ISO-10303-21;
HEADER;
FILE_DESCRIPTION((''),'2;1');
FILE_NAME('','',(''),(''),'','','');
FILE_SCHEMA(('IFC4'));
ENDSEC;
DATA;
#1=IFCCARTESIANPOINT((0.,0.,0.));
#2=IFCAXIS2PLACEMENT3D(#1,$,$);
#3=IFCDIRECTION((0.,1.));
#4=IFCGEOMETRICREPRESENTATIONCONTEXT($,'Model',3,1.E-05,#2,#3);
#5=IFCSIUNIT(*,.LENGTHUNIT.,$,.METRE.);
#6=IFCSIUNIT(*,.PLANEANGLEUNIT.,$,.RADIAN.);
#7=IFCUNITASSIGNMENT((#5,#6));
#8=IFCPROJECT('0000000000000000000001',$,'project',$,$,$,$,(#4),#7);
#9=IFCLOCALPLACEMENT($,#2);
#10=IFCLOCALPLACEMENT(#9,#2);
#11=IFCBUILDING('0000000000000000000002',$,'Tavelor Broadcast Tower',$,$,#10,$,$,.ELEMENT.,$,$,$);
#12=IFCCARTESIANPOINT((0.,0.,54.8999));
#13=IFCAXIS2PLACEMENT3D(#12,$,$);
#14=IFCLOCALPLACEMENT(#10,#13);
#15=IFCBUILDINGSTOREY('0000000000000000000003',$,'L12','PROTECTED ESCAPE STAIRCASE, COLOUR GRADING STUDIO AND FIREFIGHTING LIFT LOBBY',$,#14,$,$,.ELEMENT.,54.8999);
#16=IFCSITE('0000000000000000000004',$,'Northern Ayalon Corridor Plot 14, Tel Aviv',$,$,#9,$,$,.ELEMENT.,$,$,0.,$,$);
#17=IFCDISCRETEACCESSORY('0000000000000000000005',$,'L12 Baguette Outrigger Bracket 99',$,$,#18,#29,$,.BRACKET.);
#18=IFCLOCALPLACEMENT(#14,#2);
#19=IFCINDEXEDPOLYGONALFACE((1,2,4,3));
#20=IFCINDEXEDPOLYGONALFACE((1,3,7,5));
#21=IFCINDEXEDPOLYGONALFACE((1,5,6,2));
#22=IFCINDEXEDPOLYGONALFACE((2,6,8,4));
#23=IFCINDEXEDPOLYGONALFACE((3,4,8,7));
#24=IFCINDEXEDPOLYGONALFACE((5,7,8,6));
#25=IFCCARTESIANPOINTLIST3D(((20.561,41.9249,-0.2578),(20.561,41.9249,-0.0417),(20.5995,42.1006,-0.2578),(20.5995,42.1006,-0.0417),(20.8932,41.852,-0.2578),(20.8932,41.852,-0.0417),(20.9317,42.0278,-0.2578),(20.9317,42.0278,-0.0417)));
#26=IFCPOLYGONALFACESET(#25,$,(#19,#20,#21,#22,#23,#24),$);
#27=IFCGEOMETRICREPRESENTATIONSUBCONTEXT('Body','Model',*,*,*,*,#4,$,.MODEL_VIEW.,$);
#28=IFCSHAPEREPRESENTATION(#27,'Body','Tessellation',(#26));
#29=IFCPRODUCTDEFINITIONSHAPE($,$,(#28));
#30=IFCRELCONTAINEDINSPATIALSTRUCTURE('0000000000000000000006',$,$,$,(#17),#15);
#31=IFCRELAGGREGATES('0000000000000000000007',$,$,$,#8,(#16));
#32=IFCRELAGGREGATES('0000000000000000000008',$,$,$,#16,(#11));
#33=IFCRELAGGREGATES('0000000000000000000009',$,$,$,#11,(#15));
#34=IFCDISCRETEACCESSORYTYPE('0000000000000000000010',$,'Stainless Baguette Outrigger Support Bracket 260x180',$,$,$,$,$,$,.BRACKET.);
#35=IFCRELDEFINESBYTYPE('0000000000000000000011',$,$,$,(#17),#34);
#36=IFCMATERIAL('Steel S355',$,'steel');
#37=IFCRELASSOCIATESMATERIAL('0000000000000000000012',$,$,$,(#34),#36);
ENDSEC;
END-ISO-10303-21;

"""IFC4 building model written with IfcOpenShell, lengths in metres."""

from ifc_helpers import new_model, si_unit, direction, frame, origin, origin_2d, place, context, subcontext, project, spatial, rectangle, extrude, source, transform, mapped, material, type_object, type_shapes, element, save


model = new_model("IFC4")

# Units and contexts
model_context = context("Model", 3, precision=1e-05, world=origin(), true_north=direction((0.0, 1.0)))
body_context = subcontext(model_context, "Body", "Model", "MODEL_VIEW")
ifc_project = project(units=[si_unit("LENGTHUNIT", "METRE"), si_unit("PLANEANGLEUNIT", "RADIAN")], contexts=[model_context])

# Site, building, storey
site_placement = place(None, origin())
site = spatial("IfcSite", under=ifc_project, at=site_placement, Name="Northern Ayalon Corridor Plot 14, Tel Aviv", CompositionType="ELEMENT", RefElevation=0.0)
building_placement = place(site_placement, origin())
building = spatial("IfcBuilding", under=site, at=building_placement, Name="Tavelor Broadcast Tower", CompositionType="ELEMENT")
storey_placement = place(building_placement, frame((0.0, 0.0, 54.8999)))
storey = spatial("IfcBuildingStorey", under=building, at=storey_placement, Name="L12", Description="PROTECTED ESCAPE STAIRCASE, COLOUR GRADING STUDIO AND FIREFIGHTING LIFT LOBBY", CompositionType="ELEMENT", Elevation=54.8999)

# Shared definitions
ifc_material_1 = material(Name="Steel S355", Category="steel")

# Discrete accessory
discrete_accessory_type = type_object("IfcDiscreteAccessoryType", Name="Stainless Baguette Outrigger Support Bracket 260x180", PredefinedType="BRACKET", material=ifc_material_1)
shared_shape_1 = source(origin(), body_context, "Body", "SweptSolid", [
    extrude(rectangle(XDim=0.1799, YDim=0.3401, at=origin_2d()), origin(), (0.0, 0.0, 1.0), 0.2161),
])
type_shapes(discrete_accessory_type, [shared_shape_1])
for number, where, z_axis, x_axis, name in (
    (1, (20.7463, 41.9763, -0.2578), (0.0, 0.0, 1.0), (-0.214224, -0.976785, 0.0), "L12 Baguette Outrigger Bracket 99"),
):
    element("IfcDiscreteAccessory", number, at=place(storey_placement, frame(where, z_axis=z_axis, x_axis=x_axis)), inside=storey, type_object=discrete_accessory_type, Name=name, PredefinedType="BRACKET", context=body_context, shape_type="MappedRepresentation", body=[
        mapped(shared_shape_1, transform((0.0, 0.0, 0.0), scale=1.0)),
    ])

save(model, "model.ifc")
